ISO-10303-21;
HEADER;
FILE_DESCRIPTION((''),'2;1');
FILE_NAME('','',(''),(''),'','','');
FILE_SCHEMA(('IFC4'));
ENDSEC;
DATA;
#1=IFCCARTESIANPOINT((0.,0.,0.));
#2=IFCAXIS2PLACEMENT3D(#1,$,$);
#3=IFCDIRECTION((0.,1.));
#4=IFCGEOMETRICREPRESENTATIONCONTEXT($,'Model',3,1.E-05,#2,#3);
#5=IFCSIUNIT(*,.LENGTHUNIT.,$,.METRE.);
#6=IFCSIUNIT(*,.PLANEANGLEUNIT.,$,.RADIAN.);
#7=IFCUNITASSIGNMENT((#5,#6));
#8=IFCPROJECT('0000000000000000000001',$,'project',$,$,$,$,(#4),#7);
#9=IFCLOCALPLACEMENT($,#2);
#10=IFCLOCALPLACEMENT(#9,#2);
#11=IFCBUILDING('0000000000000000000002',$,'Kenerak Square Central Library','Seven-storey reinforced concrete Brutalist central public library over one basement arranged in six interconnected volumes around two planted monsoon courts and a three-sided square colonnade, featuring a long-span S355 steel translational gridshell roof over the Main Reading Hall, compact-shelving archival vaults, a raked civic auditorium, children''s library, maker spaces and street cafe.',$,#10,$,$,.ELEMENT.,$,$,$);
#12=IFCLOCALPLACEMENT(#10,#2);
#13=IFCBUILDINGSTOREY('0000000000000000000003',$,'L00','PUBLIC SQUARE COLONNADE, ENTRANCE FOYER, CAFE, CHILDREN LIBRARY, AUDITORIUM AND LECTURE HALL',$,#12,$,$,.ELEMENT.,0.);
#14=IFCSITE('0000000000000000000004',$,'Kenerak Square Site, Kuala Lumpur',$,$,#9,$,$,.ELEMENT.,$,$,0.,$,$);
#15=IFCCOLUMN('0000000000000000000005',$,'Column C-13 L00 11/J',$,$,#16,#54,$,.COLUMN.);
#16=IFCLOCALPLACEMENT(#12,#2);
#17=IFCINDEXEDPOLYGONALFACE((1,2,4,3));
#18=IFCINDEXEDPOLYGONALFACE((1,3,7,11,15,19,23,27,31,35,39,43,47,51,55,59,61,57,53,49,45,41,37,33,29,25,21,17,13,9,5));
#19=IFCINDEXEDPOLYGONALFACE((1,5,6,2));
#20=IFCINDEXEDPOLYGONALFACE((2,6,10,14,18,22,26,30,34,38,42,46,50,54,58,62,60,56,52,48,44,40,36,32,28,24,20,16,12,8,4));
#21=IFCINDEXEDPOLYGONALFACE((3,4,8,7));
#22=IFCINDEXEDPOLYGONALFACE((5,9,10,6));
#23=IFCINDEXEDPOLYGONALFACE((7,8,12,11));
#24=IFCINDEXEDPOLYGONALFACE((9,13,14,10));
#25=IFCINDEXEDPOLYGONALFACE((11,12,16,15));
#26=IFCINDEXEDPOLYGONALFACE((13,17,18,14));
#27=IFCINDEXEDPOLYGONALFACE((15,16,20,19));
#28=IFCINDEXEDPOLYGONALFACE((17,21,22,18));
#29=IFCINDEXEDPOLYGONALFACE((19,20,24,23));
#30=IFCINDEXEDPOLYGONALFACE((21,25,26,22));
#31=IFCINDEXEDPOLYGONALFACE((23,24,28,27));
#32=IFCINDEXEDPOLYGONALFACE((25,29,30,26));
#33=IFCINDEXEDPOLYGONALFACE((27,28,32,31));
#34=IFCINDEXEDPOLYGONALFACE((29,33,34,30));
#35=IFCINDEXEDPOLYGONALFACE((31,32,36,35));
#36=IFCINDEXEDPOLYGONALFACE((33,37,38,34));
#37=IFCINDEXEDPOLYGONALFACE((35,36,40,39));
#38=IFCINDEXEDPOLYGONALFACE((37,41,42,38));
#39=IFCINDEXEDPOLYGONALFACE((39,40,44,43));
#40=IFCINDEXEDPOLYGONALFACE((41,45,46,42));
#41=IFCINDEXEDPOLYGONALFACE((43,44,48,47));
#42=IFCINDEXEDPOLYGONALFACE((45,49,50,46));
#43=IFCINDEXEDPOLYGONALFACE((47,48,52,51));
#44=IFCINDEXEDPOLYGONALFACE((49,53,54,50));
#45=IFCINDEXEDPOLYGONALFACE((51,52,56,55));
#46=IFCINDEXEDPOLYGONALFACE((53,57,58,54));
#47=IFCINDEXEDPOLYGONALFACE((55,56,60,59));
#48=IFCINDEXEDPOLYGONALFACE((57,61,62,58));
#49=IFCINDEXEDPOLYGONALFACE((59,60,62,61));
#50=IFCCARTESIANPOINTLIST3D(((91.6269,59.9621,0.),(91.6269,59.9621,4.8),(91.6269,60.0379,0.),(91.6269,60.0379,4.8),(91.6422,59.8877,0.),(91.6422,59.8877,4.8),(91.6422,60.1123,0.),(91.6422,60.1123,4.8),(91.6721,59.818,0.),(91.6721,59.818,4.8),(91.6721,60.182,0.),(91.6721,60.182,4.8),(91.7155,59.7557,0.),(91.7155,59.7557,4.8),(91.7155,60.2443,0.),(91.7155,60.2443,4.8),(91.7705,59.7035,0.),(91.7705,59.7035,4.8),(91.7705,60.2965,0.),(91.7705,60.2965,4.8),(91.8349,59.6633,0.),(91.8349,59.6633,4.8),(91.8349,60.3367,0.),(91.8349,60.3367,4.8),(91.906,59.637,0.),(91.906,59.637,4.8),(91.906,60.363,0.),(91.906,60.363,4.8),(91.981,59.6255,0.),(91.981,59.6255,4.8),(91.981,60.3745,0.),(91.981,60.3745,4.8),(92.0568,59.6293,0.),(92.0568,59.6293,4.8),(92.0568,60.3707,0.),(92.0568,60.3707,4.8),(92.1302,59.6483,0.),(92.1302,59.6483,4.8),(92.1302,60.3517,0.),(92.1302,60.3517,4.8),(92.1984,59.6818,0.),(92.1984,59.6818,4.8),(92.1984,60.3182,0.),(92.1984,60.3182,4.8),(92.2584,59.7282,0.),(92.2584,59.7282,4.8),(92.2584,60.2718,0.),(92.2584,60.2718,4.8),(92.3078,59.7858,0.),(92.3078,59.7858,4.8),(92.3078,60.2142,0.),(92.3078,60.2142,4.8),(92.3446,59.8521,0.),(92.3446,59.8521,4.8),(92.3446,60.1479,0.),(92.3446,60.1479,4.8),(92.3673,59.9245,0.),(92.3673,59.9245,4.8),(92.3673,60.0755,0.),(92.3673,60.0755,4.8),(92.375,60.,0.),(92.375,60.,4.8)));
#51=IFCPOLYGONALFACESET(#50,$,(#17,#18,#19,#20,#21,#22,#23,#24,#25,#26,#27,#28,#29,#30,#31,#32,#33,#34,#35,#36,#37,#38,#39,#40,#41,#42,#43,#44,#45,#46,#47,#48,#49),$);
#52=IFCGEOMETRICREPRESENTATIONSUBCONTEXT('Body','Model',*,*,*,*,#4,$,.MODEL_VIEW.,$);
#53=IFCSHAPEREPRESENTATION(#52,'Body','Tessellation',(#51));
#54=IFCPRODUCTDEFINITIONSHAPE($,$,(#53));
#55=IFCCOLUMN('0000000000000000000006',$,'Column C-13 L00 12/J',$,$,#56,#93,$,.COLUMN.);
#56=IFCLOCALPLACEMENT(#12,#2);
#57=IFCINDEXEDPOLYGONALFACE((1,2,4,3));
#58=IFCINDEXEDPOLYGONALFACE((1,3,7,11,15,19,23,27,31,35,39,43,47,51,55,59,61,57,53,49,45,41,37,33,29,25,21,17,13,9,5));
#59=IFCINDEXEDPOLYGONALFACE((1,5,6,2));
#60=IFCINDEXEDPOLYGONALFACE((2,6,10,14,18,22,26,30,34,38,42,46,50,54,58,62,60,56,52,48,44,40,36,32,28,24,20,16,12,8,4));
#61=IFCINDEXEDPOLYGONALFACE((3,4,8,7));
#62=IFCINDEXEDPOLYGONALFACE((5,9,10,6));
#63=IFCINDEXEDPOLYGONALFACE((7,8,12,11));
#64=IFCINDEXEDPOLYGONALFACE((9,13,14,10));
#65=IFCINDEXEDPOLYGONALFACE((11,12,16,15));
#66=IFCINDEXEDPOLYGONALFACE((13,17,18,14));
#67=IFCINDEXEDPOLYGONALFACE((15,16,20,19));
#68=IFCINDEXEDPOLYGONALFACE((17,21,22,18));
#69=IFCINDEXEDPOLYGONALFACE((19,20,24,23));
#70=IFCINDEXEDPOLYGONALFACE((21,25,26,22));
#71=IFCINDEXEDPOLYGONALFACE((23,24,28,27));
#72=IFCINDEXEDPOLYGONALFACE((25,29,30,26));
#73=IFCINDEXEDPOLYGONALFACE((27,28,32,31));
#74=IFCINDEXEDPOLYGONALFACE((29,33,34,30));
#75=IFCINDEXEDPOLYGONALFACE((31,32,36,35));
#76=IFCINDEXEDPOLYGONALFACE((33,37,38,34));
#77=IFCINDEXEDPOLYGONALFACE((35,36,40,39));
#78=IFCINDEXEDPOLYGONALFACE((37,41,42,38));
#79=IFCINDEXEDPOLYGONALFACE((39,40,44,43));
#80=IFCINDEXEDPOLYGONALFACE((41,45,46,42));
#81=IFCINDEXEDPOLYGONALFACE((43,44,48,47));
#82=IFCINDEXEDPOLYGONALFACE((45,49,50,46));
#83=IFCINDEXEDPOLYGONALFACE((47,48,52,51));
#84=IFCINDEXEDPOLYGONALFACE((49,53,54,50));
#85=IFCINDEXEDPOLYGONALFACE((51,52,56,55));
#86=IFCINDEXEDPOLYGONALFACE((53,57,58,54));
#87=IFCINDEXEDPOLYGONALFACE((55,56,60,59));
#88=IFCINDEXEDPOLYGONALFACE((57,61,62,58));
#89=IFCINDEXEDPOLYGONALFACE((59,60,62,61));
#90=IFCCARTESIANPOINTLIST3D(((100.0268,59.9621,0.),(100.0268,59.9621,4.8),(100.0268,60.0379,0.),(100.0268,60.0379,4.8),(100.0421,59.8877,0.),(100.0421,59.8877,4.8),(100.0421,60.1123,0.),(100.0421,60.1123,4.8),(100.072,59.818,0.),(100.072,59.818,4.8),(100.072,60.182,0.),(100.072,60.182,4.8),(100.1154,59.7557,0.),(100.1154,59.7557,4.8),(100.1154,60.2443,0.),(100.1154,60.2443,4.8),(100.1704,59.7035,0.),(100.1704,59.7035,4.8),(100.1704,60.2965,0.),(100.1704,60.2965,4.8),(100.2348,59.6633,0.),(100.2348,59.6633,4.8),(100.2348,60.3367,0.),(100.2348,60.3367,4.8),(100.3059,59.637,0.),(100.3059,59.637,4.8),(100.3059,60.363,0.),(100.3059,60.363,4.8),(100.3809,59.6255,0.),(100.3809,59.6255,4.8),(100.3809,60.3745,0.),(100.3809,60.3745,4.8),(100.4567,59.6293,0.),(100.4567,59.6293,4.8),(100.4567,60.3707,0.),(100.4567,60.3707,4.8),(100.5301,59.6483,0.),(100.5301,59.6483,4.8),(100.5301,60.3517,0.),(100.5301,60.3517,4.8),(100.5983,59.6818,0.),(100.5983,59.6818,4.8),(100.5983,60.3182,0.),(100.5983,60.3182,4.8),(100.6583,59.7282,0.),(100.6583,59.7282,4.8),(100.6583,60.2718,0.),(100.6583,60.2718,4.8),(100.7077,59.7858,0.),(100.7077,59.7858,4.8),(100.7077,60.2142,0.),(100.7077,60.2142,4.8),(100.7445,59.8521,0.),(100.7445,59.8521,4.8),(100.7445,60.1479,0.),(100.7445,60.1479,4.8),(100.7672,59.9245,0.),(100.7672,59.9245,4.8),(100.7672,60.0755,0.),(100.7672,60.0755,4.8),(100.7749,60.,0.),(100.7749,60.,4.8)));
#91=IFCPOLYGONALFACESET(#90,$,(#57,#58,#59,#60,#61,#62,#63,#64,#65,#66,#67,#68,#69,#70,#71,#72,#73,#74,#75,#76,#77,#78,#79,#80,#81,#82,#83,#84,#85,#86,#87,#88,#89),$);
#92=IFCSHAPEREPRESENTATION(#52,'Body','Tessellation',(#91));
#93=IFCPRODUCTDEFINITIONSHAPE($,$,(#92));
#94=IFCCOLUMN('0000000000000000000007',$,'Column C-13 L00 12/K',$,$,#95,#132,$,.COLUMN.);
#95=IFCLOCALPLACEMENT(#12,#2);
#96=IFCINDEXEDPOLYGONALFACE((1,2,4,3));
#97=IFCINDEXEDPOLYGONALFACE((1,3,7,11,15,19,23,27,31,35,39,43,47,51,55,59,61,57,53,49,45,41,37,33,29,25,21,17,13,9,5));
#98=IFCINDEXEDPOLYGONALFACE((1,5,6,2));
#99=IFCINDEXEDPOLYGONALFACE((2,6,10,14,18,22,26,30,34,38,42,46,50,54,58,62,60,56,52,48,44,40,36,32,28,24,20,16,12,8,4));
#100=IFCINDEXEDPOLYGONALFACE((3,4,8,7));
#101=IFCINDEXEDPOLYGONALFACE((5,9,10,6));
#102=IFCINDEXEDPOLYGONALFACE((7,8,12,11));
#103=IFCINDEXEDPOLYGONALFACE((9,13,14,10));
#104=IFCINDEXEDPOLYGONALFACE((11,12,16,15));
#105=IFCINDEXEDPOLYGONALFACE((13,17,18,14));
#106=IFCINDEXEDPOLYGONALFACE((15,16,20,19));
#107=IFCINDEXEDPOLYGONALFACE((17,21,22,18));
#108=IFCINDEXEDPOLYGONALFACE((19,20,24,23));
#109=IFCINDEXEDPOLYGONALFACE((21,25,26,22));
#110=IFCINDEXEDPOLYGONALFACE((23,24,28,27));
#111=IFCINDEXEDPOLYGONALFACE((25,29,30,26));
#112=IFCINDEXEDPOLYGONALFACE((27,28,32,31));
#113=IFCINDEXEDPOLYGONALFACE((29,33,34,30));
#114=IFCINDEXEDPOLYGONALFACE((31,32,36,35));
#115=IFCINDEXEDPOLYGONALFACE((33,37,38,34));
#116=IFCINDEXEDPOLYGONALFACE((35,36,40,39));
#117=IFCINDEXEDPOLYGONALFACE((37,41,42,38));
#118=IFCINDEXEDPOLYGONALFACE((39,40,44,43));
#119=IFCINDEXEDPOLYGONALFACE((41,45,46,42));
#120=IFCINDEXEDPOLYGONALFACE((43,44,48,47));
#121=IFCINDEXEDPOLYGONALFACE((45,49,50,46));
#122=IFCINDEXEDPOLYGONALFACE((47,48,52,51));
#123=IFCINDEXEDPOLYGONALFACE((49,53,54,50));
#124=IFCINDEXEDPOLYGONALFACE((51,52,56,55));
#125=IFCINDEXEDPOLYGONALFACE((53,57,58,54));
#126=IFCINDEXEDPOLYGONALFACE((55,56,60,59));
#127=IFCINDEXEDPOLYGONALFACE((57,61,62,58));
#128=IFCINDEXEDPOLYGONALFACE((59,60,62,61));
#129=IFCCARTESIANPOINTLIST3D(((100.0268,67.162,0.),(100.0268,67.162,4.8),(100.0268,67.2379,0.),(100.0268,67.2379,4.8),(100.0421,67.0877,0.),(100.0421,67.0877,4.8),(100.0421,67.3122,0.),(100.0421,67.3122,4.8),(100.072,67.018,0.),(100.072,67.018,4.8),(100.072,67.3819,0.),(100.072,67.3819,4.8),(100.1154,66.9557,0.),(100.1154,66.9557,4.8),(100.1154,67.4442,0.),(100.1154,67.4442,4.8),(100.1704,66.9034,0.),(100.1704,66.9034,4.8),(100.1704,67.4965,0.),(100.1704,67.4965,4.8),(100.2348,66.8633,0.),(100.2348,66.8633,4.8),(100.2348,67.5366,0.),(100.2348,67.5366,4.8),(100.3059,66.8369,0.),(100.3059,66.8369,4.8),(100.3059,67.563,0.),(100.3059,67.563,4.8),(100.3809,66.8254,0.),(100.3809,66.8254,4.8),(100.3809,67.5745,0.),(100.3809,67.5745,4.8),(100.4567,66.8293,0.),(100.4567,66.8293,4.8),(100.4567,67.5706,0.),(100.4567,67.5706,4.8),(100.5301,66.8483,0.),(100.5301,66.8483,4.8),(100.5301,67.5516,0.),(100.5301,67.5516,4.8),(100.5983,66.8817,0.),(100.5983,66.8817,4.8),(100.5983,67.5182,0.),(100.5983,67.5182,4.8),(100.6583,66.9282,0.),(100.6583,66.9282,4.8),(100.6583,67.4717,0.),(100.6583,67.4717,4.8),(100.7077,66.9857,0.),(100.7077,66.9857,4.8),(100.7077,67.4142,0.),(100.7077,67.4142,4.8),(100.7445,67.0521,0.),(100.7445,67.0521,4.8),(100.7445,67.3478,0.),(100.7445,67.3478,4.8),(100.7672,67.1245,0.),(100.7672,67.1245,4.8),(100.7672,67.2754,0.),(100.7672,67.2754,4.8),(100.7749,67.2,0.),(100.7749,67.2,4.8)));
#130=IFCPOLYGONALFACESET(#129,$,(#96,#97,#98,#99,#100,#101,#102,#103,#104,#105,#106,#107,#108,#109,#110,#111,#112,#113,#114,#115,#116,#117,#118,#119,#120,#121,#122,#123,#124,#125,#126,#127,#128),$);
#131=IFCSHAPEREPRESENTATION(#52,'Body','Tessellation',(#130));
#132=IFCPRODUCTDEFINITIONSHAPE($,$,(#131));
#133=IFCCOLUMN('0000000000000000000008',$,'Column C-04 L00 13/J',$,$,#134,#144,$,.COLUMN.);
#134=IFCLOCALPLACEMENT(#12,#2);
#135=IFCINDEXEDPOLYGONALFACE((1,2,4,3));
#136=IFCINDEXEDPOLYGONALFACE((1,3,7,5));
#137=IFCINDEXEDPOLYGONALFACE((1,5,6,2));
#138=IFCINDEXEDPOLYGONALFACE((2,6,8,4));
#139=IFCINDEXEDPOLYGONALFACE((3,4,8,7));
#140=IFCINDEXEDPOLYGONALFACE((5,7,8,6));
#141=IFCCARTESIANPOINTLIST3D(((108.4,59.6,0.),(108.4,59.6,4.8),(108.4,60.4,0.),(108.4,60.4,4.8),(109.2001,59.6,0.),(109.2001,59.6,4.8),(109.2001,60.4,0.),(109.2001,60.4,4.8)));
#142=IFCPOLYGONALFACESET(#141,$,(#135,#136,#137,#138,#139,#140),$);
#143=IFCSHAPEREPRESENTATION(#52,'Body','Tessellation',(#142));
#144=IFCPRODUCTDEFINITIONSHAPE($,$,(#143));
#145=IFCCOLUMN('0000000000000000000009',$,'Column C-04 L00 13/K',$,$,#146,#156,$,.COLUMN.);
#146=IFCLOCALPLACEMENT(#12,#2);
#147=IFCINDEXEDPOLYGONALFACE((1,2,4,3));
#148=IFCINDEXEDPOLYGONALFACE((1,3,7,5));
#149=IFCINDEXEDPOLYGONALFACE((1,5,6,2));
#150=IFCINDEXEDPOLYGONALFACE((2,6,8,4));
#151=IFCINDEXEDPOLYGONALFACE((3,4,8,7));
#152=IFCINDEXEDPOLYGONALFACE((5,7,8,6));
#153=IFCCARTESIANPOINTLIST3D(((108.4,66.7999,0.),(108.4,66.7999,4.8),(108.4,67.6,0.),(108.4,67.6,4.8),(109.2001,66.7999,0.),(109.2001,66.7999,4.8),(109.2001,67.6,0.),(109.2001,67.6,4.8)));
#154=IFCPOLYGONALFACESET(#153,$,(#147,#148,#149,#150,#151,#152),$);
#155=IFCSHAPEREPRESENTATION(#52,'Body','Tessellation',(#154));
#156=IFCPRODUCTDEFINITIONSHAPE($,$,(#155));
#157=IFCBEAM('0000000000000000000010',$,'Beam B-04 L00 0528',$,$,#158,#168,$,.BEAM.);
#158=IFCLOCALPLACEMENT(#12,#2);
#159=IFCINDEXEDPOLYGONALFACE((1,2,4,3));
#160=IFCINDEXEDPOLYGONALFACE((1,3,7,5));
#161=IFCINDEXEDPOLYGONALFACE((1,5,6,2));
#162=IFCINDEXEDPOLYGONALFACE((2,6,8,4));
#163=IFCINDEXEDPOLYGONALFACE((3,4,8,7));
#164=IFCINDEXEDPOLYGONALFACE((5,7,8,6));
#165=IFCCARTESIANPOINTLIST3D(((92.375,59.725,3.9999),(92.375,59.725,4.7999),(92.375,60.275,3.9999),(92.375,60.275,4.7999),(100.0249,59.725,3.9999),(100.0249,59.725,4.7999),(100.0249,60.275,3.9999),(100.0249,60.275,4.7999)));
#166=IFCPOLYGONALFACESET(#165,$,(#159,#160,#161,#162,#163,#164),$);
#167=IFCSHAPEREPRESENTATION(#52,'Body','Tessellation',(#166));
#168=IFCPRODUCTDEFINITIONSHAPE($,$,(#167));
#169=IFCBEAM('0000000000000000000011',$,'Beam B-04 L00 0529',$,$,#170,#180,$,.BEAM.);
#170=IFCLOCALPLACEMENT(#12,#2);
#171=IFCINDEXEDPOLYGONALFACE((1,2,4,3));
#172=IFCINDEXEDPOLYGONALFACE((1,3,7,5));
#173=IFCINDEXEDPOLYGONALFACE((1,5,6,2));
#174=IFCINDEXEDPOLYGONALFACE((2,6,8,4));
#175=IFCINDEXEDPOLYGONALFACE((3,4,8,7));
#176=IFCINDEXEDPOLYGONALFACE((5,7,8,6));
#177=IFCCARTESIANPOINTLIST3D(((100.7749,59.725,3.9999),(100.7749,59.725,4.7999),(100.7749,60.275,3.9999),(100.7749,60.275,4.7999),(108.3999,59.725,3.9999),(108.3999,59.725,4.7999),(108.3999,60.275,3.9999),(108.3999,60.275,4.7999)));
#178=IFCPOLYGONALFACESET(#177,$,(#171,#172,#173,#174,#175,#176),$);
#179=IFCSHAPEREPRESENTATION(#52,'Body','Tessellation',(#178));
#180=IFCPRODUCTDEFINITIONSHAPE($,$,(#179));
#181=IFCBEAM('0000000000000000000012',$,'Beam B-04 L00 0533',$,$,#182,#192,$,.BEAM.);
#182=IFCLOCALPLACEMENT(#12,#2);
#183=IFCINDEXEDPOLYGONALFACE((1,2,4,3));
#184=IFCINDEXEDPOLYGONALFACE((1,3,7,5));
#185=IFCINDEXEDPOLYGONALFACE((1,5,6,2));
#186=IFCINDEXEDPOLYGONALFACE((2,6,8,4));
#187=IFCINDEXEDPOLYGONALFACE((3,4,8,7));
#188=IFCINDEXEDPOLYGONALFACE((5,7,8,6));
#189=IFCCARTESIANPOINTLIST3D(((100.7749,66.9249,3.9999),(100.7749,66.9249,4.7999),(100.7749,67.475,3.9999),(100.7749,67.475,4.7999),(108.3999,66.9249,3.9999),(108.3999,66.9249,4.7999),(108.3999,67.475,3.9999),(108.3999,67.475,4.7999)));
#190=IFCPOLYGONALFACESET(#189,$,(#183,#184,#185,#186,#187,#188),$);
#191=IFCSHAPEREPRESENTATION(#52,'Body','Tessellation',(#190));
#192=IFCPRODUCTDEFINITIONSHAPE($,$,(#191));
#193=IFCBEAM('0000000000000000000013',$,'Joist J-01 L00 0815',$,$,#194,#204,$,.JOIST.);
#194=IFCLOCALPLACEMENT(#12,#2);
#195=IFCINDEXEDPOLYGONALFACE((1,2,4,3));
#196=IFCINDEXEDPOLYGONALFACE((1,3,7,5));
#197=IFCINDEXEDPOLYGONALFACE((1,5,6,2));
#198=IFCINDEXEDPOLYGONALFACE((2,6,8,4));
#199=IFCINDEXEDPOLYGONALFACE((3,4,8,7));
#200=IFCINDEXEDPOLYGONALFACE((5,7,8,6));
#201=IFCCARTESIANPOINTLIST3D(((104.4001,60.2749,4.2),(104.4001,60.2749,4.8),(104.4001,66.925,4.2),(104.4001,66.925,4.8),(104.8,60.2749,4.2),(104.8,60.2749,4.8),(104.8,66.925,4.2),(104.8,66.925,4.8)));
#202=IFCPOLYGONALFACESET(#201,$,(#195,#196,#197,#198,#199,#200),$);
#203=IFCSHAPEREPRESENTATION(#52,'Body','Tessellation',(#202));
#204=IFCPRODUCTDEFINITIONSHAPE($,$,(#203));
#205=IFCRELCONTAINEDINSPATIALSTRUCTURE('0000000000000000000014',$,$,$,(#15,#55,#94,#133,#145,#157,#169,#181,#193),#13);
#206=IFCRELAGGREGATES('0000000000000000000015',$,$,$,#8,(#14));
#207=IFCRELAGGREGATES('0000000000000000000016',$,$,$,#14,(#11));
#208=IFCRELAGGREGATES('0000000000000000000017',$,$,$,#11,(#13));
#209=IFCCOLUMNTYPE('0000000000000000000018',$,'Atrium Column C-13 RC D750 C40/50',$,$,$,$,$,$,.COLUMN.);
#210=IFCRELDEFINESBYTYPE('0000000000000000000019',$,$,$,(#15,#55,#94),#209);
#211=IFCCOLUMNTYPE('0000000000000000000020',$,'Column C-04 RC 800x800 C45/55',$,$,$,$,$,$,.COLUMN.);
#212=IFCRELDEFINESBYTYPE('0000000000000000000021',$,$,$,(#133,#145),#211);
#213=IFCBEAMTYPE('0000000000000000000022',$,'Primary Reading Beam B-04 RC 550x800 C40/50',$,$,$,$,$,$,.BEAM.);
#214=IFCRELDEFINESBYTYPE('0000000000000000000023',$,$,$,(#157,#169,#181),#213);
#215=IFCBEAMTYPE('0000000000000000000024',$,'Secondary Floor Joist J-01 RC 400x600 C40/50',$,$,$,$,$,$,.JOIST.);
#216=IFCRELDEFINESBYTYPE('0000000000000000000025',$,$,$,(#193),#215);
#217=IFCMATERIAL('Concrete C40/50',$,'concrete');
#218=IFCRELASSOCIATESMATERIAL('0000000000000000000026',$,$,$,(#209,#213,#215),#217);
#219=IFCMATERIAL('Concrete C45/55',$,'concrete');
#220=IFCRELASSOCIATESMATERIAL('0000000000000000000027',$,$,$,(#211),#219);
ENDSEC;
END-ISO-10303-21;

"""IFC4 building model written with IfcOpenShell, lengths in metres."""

from ifc_helpers import new_model, si_unit, direction, frame, origin, origin_2d, place, context, subcontext, project, spatial, rectangle, circle, extrude, material, material_profile, profile_set, type_object, element, save


model = new_model("IFC4")

# Units and contexts
model_context = context("Model", 3, precision=1e-05, world=origin(), true_north=direction((0.0, 1.0)))
body_context = subcontext(model_context, "Body", "Model", "MODEL_VIEW")
ifc_project = project(units=[si_unit("LENGTHUNIT", "METRE"), si_unit("PLANEANGLEUNIT", "RADIAN")], contexts=[model_context])

# Site, building, storey
site_placement = place(None, origin())
site = spatial("IfcSite", under=ifc_project, at=site_placement, Name="Kenerak Square Site, Kuala Lumpur", CompositionType="ELEMENT", RefElevation=0.0)
building_placement = place(site_placement, origin())
building = spatial("IfcBuilding", under=site, at=building_placement, Name="Kenerak Square Central Library", Description="Seven-storey reinforced concrete Brutalist central public library over one basement arranged in six interconnected volumes around two planted monsoon courts and a three-sided square colonnade, featuring a long-span S355 steel translational gridshell roof over the Main Reading Hall, compact-shelving archival vaults, a raked civic auditorium, children's library, maker spaces and street cafe.", CompositionType="ELEMENT")
storey_placement = place(building_placement, origin())
storey = spatial("IfcBuildingStorey", under=building, at=storey_placement, Name="L00", Description="PUBLIC SQUARE COLONNADE, ENTRANCE FOYER, CAFE, CHILDREN LIBRARY, AUDITORIUM AND LECTURE HALL", CompositionType="ELEMENT", Elevation=0.0)

# Columns
ifc_material_1 = material(Name="Concrete C40/50", Category="concrete")
ifc_material_profile_1 = material_profile(ifc_material_1, circle(Radius=0.375, at=origin_2d()), Name="RC D750")
ifc_profile_set_1 = profile_set([ifc_material_profile_1], Name="Concrete C40/50")
column_type_1 = type_object("IfcColumnType", Name="Atrium Column C-13 RC D750 C40/50", PredefinedType="COLUMN", material=ifc_profile_set_1)
for number, where, z_axis, x_axis, name in (
    (1, (92.0, 60.0, 0.0), (0.0, 0.0, 1.0), (1.0, 0.0, 0.0), "Column C-13 L00 11/J"),
    (2, (100.3999, 60.0, 0.0), (0.0, 0.0, 1.0), (1.0, 0.0, 0.0), "Column C-13 L00 12/J"),
    (3, (100.3999, 67.2, 0.0), (0.0, 0.0, 1.0), (1.0, 0.0, 0.0), "Column C-13 L00 12/K"),
):
    element("IfcColumn", number, at=place(storey_placement, frame(where, z_axis=z_axis, x_axis=x_axis)), inside=storey, type_object=column_type_1, Name=name, PredefinedType="COLUMN", context=body_context, shape_type="SweptSolid", body=[
        extrude(circle(Radius=0.375, at=origin_2d()), origin(), (0.0, 0.0, 1.0), 4.8),
    ])
ifc_material_2 = material(Name="Concrete C45/55", Category="concrete")
ifc_material_profile_2 = material_profile(ifc_material_2, rectangle(XDim=0.8, YDim=0.8, at=origin_2d()), Name="RC 800x800")
ifc_profile_set_2 = profile_set([ifc_material_profile_2], Name="Concrete C45/55")
column_type_2 = type_object("IfcColumnType", Name="Column C-04 RC 800x800 C45/55", PredefinedType="COLUMN", material=ifc_profile_set_2)
for number, where, z_axis, x_axis, name in (
    (4, (108.8, 60.0, 0.0), (0.0, 0.0, 1.0), (1.0, 0.0, 0.0), "Column C-04 L00 13/J"),
    (5, (108.8, 67.2, 0.0), (0.0, 0.0, 1.0), (1.0, 0.0, 0.0), "Column C-04 L00 13/K"),
):
    element("IfcColumn", number, at=place(storey_placement, frame(where, z_axis=z_axis, x_axis=x_axis)), inside=storey, type_object=column_type_2, Name=name, PredefinedType="COLUMN", context=body_context, shape_type="SweptSolid", body=[
        extrude(rectangle(XDim=0.8, YDim=0.8, at=origin_2d()), origin(), (0.0, 0.0, 1.0), 4.8),
    ])

# Beams
ifc_material_profile_3 = material_profile(ifc_material_1, rectangle(XDim=0.55, YDim=0.8, at=origin_2d()), Name="RC 550x800")
ifc_profile_set_3 = profile_set([ifc_material_profile_3], Name="Concrete C40/50")
beam_type_1 = type_object("IfcBeamType", Name="Primary Reading Beam B-04 RC 550x800 C40/50", PredefinedType="BEAM", material=ifc_profile_set_3)
beam_1_placement = place(storey_placement, frame((92.375, 60.0, 4.3999), z_axis=(1.0, 0.0, 0.0), x_axis=(0.0, 1.0, 0.0)))
element("IfcBeam", 6, at=beam_1_placement, inside=storey, type_object=beam_type_1, Name="Beam B-04 L00 0528", PredefinedType="BEAM", context=body_context, shape_type="SweptSolid", body=[
    extrude(rectangle(XDim=0.55, YDim=0.8, at=origin_2d()), origin(), (0.0, 0.0, 1.0), 7.6499),
])
for number, where, z_axis, x_axis, name in (
    (7, (100.7749, 60.0, 4.3999), (1.0, 0.0, 0.0), (0.0, 1.0, 0.0), "Beam B-04 L00 0529"),
    (8, (100.7749, 67.2, 4.3999), (1.0, 0.0, 0.0), (0.0, 1.0, 0.0), "Beam B-04 L00 0533"),
):
    element("IfcBeam", number, at=place(storey_placement, frame(where, z_axis=z_axis, x_axis=x_axis)), inside=storey, type_object=beam_type_1, Name=name, PredefinedType="BEAM", context=body_context, shape_type="SweptSolid", body=[
        extrude(rectangle(XDim=0.55, YDim=0.8, at=origin_2d()), origin(), (0.0, 0.0, 1.0), 7.625),
    ])
ifc_material_profile_4 = material_profile(ifc_material_1, rectangle(XDim=0.3999, YDim=0.6001, at=origin_2d()), Name="RC 400x600")
ifc_profile_set_4 = profile_set([ifc_material_profile_4], Name="Concrete C40/50")
beam_type_2 = type_object("IfcBeamType", Name="Secondary Floor Joist J-01 RC 400x600 C40/50", PredefinedType="JOIST", material=ifc_profile_set_4)
beam_2_placement = place(storey_placement, frame((104.6001, 60.2749, 4.5), z_axis=(0.0, 1.0, 0.0), x_axis=(-1.0, 0.0, 0.0)))
element("IfcBeam", 9, at=beam_2_placement, inside=storey, type_object=beam_type_2, Name="Joist J-01 L00 0815", PredefinedType="JOIST", context=body_context, shape_type="SweptSolid", body=[
    extrude(rectangle(XDim=0.3999, YDim=0.6001, at=origin_2d()), origin(), (0.0, 0.0, 1.0), 6.6501),
])

save(model, "model.ifc")
